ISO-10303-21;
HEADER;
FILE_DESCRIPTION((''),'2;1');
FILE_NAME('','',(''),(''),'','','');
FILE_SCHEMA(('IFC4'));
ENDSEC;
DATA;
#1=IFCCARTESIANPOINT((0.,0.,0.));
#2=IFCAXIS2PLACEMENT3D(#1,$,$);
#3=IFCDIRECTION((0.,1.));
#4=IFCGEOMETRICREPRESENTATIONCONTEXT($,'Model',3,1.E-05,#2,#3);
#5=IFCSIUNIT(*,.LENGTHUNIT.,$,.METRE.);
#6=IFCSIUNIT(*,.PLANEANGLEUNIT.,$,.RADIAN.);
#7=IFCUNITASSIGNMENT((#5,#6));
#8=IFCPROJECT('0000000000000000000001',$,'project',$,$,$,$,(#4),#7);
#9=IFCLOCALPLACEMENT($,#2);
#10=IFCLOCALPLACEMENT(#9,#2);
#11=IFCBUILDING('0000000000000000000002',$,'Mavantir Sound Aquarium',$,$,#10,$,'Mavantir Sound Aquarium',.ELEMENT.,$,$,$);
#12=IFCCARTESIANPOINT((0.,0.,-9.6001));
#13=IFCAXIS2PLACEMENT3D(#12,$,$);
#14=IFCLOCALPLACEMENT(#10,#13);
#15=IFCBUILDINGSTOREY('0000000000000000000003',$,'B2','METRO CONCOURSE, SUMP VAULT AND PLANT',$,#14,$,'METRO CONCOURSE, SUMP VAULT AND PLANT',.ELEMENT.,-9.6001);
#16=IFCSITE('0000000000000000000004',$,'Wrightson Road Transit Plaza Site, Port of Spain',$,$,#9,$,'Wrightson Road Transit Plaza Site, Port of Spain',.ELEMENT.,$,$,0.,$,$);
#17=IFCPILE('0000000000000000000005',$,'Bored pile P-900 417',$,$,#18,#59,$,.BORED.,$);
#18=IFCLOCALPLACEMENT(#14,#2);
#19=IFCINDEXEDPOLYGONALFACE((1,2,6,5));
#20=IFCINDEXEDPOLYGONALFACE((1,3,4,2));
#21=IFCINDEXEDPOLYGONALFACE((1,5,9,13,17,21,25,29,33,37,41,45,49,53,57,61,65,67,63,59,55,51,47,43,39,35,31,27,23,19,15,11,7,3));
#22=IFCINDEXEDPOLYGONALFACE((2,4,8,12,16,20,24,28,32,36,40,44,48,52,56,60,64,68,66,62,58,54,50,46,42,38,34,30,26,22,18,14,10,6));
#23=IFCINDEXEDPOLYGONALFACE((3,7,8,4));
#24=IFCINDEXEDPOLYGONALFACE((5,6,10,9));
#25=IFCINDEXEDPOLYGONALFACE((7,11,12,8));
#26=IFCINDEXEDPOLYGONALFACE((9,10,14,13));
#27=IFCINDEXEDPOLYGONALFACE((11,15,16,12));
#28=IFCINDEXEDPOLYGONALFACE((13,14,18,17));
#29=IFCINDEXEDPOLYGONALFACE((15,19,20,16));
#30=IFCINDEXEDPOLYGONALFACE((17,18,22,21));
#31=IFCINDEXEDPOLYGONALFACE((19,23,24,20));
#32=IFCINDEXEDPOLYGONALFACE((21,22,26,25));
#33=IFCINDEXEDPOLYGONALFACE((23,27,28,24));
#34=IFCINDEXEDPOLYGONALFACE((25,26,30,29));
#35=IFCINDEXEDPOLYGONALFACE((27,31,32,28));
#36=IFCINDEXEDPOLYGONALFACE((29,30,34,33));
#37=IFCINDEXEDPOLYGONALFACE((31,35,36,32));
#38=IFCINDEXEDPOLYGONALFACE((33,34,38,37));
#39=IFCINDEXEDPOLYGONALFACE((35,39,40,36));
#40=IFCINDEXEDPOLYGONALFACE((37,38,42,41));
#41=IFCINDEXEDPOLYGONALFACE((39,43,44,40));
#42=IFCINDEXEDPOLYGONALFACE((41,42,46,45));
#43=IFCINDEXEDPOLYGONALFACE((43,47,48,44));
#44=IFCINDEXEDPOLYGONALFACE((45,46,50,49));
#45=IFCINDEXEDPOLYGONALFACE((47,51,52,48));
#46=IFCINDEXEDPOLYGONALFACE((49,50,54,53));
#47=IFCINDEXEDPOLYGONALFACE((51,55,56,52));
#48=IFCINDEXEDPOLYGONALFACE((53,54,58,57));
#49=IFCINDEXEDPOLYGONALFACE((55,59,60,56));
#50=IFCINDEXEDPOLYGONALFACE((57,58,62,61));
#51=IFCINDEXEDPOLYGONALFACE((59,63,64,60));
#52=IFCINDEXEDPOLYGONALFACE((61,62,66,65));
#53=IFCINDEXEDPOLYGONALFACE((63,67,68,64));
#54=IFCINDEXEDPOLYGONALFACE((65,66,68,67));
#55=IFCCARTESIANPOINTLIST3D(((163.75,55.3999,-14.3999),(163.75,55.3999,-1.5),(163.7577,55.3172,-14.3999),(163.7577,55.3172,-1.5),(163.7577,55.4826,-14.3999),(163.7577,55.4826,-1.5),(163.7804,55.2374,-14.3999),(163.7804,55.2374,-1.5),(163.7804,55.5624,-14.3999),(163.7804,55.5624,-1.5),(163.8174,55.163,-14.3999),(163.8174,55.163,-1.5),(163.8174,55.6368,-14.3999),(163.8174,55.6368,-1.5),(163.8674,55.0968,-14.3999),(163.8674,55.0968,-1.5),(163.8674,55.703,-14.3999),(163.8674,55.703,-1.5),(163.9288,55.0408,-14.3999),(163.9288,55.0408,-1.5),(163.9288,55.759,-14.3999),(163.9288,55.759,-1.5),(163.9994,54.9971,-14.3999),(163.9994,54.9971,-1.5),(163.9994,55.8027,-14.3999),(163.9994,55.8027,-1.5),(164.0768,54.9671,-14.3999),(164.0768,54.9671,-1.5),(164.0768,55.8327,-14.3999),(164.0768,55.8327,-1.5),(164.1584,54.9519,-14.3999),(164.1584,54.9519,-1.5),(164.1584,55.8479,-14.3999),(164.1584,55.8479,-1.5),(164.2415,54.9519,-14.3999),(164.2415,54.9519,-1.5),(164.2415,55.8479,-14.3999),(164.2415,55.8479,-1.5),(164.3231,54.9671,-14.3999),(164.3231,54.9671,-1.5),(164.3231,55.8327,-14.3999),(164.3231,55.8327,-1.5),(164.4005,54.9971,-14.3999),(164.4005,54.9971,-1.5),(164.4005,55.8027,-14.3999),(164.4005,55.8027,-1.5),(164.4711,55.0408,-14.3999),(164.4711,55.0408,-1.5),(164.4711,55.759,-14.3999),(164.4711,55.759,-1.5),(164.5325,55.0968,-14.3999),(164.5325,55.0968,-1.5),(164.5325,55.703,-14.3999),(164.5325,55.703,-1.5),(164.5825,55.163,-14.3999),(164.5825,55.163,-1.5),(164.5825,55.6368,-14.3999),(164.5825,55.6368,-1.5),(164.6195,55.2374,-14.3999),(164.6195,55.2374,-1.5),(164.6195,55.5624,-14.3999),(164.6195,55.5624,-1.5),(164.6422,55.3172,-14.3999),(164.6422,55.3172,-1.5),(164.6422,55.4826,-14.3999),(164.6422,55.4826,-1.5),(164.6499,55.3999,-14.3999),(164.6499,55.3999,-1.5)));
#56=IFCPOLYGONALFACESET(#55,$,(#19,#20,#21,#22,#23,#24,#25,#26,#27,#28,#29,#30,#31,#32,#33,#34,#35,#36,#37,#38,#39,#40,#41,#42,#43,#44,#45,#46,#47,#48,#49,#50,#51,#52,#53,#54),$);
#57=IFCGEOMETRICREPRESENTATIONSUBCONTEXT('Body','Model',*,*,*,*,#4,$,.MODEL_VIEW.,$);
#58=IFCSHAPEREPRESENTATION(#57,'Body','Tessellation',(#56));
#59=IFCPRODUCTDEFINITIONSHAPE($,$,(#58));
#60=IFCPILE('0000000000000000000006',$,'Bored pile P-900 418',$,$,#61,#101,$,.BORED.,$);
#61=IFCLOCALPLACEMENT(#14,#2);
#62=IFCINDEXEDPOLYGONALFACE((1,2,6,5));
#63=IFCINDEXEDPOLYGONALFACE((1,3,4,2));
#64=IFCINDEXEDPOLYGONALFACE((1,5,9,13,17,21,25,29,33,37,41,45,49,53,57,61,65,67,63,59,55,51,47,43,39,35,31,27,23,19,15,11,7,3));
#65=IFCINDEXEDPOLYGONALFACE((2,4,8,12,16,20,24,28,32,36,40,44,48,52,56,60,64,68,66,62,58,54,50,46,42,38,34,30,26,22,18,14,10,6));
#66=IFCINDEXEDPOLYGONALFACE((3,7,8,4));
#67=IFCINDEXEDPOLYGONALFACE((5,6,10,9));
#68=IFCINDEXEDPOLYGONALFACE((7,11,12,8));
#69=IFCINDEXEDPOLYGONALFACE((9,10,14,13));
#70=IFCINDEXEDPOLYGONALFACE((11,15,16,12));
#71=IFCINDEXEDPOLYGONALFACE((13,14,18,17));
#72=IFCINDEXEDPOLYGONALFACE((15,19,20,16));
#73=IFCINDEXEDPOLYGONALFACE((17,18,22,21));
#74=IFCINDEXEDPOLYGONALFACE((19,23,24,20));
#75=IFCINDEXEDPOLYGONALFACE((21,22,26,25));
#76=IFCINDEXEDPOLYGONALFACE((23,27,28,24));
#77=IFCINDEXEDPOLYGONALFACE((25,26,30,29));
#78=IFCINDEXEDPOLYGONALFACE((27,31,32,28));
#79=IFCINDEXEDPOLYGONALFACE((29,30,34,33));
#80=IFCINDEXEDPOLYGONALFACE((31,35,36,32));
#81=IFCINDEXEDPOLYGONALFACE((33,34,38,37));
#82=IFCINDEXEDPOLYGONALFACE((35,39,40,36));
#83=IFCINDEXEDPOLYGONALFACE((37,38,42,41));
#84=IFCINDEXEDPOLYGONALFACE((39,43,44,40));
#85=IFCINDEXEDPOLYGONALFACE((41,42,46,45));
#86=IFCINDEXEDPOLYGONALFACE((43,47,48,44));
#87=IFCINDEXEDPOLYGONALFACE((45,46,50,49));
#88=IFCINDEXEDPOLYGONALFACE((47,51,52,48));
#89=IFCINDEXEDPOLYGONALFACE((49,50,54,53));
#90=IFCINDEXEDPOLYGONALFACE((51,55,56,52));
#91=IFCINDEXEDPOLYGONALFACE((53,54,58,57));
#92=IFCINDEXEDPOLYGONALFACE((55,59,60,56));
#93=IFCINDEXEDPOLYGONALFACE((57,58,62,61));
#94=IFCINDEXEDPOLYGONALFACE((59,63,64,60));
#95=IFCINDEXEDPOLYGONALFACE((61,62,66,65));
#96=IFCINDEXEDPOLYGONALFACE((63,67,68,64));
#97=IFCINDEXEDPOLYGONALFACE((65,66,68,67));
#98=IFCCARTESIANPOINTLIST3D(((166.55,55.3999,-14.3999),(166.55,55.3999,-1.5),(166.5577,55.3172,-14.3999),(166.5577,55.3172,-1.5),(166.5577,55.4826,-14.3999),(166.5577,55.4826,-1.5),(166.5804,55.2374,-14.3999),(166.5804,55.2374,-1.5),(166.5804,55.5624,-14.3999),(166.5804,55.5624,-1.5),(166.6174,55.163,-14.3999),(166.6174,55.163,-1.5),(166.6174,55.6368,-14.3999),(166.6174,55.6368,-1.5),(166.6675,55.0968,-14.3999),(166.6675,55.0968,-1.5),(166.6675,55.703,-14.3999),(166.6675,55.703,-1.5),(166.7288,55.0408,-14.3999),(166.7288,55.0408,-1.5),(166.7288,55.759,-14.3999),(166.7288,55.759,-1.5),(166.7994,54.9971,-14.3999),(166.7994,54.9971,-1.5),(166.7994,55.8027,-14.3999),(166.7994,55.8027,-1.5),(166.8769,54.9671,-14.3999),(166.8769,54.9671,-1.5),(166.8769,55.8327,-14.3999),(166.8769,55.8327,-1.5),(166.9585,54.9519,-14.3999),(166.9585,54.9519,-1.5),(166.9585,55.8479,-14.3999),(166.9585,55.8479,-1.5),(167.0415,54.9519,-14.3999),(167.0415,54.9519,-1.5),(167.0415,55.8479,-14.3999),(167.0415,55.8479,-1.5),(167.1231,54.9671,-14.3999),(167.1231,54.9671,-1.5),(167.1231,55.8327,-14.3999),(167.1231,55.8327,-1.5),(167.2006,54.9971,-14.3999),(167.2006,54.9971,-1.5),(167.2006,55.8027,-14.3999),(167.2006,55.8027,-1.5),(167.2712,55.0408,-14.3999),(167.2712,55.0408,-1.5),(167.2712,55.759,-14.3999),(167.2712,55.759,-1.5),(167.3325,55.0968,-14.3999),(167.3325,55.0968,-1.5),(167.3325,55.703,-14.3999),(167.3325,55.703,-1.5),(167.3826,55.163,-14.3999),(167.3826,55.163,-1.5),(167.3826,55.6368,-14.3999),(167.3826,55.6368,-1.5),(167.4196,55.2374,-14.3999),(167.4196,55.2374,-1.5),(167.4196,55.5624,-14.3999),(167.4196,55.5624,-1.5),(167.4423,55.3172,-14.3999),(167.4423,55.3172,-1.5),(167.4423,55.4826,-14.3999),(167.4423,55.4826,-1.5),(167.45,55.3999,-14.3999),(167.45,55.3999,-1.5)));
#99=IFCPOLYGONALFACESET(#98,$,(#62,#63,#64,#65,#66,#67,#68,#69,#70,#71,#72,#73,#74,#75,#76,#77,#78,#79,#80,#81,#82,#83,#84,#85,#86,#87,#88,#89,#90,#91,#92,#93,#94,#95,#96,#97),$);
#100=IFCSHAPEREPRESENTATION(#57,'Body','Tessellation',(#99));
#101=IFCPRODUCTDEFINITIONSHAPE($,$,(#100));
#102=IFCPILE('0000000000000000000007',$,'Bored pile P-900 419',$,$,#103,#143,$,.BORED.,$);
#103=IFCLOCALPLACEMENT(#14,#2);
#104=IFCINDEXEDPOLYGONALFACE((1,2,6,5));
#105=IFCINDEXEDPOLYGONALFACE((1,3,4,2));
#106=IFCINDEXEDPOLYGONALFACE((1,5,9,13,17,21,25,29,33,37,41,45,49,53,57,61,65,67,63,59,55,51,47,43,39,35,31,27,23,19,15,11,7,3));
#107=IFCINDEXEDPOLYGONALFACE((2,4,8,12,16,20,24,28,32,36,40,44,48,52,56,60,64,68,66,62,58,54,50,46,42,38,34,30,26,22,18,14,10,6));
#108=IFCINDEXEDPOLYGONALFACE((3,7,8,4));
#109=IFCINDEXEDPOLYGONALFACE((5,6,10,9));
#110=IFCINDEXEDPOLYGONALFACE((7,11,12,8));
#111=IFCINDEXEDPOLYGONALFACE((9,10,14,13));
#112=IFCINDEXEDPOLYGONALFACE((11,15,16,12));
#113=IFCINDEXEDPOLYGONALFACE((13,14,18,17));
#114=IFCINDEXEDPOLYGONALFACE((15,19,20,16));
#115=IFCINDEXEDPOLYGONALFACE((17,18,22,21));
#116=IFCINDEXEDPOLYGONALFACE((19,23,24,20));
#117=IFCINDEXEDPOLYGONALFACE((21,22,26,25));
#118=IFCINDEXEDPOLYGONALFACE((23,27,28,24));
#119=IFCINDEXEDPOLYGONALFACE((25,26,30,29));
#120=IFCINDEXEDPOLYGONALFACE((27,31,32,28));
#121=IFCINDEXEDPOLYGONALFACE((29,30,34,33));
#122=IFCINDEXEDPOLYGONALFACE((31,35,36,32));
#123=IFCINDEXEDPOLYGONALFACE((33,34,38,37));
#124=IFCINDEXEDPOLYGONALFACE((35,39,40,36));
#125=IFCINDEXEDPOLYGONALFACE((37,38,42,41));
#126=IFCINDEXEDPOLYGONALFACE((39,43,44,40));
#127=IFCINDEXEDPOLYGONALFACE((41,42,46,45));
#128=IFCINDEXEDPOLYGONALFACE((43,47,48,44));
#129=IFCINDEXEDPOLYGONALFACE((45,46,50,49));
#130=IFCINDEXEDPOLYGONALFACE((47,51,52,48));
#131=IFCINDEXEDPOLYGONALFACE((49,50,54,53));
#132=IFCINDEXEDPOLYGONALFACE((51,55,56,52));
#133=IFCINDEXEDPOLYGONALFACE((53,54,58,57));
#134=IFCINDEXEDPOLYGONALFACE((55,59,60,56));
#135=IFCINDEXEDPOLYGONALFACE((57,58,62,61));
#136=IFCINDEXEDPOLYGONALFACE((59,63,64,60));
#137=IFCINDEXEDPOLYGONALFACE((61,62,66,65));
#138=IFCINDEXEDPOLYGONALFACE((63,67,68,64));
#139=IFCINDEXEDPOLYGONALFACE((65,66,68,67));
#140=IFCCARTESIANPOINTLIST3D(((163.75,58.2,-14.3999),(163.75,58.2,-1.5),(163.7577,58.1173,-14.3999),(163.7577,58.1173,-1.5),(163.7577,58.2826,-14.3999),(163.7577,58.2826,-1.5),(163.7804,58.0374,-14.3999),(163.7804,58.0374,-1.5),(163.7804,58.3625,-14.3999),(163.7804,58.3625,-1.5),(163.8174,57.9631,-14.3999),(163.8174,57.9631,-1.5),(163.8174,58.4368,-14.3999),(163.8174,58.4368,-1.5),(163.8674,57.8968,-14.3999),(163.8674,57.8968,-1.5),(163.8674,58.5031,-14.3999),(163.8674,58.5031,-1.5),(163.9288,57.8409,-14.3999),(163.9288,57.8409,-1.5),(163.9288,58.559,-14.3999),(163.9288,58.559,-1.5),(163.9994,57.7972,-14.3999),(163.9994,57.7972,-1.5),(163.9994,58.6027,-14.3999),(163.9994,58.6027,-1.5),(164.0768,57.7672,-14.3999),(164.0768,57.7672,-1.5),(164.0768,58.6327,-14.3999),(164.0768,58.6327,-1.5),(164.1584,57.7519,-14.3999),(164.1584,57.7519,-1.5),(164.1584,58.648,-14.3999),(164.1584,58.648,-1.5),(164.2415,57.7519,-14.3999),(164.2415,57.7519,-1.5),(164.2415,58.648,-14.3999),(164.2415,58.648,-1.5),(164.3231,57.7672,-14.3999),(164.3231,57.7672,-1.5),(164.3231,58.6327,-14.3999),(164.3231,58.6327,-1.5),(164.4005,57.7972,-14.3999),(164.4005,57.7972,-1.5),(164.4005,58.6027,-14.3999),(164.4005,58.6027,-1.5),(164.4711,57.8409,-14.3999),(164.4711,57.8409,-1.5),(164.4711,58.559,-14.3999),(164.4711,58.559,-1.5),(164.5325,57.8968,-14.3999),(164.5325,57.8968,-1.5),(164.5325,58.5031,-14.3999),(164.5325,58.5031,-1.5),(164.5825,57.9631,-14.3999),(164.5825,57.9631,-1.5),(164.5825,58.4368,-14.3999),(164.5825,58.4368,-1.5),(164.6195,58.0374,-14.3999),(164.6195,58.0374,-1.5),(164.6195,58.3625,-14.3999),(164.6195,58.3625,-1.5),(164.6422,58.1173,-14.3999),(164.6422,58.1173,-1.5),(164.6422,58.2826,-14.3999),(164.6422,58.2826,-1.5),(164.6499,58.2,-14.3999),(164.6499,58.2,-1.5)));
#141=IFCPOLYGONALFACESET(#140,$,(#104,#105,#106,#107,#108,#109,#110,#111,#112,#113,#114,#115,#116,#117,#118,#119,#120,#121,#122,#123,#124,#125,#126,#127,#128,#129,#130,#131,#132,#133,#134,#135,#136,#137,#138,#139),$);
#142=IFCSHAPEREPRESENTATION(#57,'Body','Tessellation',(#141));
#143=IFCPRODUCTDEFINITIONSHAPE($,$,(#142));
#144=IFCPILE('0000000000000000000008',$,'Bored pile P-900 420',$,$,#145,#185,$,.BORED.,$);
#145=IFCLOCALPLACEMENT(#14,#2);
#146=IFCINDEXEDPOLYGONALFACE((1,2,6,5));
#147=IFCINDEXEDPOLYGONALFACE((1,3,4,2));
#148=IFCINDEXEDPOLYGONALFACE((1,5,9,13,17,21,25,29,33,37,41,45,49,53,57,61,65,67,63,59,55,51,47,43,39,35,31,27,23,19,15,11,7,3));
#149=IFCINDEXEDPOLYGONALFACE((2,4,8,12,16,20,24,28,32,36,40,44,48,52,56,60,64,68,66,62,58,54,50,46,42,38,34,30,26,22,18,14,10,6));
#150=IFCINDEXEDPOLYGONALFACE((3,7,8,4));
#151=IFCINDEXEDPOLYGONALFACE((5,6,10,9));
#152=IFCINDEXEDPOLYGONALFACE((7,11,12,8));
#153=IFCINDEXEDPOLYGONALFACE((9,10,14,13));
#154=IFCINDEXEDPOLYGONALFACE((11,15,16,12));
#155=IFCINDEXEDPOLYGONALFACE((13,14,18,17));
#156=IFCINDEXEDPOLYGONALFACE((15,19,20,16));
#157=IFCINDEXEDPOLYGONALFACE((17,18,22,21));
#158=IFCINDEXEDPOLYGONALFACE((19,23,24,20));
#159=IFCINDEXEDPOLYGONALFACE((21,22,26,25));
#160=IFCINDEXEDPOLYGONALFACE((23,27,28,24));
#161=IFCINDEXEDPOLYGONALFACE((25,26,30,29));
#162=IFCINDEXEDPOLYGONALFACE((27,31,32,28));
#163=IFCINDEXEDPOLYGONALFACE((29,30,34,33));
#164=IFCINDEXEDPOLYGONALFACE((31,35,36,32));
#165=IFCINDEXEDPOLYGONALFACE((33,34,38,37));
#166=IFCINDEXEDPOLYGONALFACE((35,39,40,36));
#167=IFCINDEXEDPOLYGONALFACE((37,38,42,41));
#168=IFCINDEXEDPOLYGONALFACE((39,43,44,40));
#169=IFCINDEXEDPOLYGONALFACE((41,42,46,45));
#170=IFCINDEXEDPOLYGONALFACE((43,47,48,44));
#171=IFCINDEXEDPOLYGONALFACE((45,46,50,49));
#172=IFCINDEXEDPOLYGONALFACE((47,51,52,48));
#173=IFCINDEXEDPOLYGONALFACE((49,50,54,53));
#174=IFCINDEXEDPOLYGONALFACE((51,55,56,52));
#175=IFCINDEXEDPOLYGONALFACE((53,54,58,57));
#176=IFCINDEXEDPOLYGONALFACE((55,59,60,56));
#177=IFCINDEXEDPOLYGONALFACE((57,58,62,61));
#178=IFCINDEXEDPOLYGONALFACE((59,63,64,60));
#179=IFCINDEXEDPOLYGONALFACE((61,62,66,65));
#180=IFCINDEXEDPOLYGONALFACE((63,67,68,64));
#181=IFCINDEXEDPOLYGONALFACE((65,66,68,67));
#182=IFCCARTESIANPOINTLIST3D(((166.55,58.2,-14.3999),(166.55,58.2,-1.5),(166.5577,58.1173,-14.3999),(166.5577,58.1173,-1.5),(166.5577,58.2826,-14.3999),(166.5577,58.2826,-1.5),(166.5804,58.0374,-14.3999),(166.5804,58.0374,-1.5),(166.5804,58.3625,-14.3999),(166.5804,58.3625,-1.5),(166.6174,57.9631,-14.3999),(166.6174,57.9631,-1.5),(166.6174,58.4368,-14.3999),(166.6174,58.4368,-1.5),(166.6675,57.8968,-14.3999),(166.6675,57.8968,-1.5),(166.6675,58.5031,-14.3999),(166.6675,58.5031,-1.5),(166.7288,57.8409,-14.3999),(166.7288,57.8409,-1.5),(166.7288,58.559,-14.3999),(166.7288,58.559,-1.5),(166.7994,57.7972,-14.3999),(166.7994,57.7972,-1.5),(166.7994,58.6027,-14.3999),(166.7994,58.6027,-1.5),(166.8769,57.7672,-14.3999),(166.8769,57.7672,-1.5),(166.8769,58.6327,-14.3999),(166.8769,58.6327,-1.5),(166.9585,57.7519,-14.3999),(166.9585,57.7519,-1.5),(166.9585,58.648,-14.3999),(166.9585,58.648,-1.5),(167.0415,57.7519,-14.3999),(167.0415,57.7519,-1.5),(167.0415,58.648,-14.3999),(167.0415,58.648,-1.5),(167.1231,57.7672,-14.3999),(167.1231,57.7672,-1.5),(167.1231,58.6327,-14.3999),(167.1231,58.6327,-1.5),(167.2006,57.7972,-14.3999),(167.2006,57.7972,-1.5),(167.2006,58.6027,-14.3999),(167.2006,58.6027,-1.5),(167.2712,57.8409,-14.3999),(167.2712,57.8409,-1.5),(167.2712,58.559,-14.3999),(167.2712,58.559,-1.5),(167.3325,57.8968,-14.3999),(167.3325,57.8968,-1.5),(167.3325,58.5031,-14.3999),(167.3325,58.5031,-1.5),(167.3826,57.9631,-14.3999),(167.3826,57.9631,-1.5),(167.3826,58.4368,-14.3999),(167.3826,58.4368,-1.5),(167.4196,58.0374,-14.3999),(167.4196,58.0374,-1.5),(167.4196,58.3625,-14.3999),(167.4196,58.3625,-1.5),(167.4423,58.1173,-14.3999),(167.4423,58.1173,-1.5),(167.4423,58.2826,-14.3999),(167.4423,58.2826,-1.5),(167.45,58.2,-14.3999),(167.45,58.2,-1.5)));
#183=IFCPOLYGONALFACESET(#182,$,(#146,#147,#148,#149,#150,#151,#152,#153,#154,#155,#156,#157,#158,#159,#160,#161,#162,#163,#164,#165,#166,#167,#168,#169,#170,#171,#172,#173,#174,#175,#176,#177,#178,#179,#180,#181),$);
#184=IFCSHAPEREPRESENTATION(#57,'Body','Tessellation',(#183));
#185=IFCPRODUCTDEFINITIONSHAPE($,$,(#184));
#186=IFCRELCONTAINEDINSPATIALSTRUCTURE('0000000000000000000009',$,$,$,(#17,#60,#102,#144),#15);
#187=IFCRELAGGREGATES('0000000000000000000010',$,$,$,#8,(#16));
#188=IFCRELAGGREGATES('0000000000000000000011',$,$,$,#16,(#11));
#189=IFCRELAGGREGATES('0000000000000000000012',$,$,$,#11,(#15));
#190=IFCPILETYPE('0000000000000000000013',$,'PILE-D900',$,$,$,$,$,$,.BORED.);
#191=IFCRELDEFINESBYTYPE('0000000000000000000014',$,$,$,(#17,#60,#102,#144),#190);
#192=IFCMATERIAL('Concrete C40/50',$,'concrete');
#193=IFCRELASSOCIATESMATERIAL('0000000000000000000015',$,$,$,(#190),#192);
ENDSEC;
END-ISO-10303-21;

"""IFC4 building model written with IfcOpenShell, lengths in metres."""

from ifc_helpers import new_model, si_unit, direction, frame, origin, origin_2d, place, context, subcontext, project, spatial, circle, extrude, material, material_profile, profile_set, type_object, element, save


model = new_model("IFC4")

# Units and contexts
model_context = context("Model", 3, precision=1e-05, world=origin(), true_north=direction((0.0, 1.0)))
body_context = subcontext(model_context, "Body", "Model", "MODEL_VIEW")
ifc_project = project(units=[si_unit("LENGTHUNIT", "METRE"), si_unit("PLANEANGLEUNIT", "RADIAN")], contexts=[model_context])

# Site, building, storey
site_placement = place(None, origin())
site = spatial("IfcSite", under=ifc_project, at=site_placement, Name="Wrightson Road Transit Plaza Site, Port of Spain", LongName="Wrightson Road Transit Plaza Site, Port of Spain", CompositionType="ELEMENT", RefElevation=0.0)
building_placement = place(site_placement, origin())
building = spatial("IfcBuilding", under=site, at=building_placement, Name="Mavantir Sound Aquarium", LongName="Mavantir Sound Aquarium", CompositionType="ELEMENT")
storey_placement = place(building_placement, frame((0.0, 0.0, -9.6001)))
storey = spatial("IfcBuildingStorey", under=building, at=storey_placement, Name="B2", Description="METRO CONCOURSE, SUMP VAULT AND PLANT", LongName="METRO CONCOURSE, SUMP VAULT AND PLANT", CompositionType="ELEMENT", Elevation=-9.6001)

# Shared definitions
ifc_material_1 = material(Name="Concrete C40/50", Category="concrete")

# Piles
ifc_material_profile_1 = material_profile(ifc_material_1, circle(Radius=0.45, at=origin_2d()), Name="PILE D900")
ifc_profile_set_1 = profile_set([ifc_material_profile_1], Name="Concrete C40/50")
pile_type = type_object("IfcPileType", Name="PILE-D900", PredefinedType="BORED", material=ifc_profile_set_1)
for number, where, z_axis, x_axis, name in (
    (1, (164.2, 55.3999, -1.5), (0.0, 0.0, -1.0), (1.0, 0.0, 0.0), "Bored pile P-900 417"),
    (2, (167.0, 55.3999, -1.5), (0.0, 0.0, -1.0), (1.0, 0.0, 0.0), "Bored pile P-900 418"),
    (3, (164.2, 58.2, -1.5), (0.0, 0.0, -1.0), (1.0, 0.0, 0.0), "Bored pile P-900 419"),
    (4, (167.0, 58.2, -1.5), (0.0, 0.0, -1.0), (1.0, 0.0, 0.0), "Bored pile P-900 420"),
):
    element("IfcPile", number, at=place(storey_placement, frame(where, z_axis=z_axis, x_axis=x_axis)), inside=storey, type_object=pile_type, Name=name, PredefinedType="BORED", context=body_context, shape_type="SweptSolid", body=[
        extrude(circle(Radius=0.45, at=origin_2d()), origin(), (0.0, 0.0, 1.0), 12.8999),
    ])

save(model, "model.ifc")
